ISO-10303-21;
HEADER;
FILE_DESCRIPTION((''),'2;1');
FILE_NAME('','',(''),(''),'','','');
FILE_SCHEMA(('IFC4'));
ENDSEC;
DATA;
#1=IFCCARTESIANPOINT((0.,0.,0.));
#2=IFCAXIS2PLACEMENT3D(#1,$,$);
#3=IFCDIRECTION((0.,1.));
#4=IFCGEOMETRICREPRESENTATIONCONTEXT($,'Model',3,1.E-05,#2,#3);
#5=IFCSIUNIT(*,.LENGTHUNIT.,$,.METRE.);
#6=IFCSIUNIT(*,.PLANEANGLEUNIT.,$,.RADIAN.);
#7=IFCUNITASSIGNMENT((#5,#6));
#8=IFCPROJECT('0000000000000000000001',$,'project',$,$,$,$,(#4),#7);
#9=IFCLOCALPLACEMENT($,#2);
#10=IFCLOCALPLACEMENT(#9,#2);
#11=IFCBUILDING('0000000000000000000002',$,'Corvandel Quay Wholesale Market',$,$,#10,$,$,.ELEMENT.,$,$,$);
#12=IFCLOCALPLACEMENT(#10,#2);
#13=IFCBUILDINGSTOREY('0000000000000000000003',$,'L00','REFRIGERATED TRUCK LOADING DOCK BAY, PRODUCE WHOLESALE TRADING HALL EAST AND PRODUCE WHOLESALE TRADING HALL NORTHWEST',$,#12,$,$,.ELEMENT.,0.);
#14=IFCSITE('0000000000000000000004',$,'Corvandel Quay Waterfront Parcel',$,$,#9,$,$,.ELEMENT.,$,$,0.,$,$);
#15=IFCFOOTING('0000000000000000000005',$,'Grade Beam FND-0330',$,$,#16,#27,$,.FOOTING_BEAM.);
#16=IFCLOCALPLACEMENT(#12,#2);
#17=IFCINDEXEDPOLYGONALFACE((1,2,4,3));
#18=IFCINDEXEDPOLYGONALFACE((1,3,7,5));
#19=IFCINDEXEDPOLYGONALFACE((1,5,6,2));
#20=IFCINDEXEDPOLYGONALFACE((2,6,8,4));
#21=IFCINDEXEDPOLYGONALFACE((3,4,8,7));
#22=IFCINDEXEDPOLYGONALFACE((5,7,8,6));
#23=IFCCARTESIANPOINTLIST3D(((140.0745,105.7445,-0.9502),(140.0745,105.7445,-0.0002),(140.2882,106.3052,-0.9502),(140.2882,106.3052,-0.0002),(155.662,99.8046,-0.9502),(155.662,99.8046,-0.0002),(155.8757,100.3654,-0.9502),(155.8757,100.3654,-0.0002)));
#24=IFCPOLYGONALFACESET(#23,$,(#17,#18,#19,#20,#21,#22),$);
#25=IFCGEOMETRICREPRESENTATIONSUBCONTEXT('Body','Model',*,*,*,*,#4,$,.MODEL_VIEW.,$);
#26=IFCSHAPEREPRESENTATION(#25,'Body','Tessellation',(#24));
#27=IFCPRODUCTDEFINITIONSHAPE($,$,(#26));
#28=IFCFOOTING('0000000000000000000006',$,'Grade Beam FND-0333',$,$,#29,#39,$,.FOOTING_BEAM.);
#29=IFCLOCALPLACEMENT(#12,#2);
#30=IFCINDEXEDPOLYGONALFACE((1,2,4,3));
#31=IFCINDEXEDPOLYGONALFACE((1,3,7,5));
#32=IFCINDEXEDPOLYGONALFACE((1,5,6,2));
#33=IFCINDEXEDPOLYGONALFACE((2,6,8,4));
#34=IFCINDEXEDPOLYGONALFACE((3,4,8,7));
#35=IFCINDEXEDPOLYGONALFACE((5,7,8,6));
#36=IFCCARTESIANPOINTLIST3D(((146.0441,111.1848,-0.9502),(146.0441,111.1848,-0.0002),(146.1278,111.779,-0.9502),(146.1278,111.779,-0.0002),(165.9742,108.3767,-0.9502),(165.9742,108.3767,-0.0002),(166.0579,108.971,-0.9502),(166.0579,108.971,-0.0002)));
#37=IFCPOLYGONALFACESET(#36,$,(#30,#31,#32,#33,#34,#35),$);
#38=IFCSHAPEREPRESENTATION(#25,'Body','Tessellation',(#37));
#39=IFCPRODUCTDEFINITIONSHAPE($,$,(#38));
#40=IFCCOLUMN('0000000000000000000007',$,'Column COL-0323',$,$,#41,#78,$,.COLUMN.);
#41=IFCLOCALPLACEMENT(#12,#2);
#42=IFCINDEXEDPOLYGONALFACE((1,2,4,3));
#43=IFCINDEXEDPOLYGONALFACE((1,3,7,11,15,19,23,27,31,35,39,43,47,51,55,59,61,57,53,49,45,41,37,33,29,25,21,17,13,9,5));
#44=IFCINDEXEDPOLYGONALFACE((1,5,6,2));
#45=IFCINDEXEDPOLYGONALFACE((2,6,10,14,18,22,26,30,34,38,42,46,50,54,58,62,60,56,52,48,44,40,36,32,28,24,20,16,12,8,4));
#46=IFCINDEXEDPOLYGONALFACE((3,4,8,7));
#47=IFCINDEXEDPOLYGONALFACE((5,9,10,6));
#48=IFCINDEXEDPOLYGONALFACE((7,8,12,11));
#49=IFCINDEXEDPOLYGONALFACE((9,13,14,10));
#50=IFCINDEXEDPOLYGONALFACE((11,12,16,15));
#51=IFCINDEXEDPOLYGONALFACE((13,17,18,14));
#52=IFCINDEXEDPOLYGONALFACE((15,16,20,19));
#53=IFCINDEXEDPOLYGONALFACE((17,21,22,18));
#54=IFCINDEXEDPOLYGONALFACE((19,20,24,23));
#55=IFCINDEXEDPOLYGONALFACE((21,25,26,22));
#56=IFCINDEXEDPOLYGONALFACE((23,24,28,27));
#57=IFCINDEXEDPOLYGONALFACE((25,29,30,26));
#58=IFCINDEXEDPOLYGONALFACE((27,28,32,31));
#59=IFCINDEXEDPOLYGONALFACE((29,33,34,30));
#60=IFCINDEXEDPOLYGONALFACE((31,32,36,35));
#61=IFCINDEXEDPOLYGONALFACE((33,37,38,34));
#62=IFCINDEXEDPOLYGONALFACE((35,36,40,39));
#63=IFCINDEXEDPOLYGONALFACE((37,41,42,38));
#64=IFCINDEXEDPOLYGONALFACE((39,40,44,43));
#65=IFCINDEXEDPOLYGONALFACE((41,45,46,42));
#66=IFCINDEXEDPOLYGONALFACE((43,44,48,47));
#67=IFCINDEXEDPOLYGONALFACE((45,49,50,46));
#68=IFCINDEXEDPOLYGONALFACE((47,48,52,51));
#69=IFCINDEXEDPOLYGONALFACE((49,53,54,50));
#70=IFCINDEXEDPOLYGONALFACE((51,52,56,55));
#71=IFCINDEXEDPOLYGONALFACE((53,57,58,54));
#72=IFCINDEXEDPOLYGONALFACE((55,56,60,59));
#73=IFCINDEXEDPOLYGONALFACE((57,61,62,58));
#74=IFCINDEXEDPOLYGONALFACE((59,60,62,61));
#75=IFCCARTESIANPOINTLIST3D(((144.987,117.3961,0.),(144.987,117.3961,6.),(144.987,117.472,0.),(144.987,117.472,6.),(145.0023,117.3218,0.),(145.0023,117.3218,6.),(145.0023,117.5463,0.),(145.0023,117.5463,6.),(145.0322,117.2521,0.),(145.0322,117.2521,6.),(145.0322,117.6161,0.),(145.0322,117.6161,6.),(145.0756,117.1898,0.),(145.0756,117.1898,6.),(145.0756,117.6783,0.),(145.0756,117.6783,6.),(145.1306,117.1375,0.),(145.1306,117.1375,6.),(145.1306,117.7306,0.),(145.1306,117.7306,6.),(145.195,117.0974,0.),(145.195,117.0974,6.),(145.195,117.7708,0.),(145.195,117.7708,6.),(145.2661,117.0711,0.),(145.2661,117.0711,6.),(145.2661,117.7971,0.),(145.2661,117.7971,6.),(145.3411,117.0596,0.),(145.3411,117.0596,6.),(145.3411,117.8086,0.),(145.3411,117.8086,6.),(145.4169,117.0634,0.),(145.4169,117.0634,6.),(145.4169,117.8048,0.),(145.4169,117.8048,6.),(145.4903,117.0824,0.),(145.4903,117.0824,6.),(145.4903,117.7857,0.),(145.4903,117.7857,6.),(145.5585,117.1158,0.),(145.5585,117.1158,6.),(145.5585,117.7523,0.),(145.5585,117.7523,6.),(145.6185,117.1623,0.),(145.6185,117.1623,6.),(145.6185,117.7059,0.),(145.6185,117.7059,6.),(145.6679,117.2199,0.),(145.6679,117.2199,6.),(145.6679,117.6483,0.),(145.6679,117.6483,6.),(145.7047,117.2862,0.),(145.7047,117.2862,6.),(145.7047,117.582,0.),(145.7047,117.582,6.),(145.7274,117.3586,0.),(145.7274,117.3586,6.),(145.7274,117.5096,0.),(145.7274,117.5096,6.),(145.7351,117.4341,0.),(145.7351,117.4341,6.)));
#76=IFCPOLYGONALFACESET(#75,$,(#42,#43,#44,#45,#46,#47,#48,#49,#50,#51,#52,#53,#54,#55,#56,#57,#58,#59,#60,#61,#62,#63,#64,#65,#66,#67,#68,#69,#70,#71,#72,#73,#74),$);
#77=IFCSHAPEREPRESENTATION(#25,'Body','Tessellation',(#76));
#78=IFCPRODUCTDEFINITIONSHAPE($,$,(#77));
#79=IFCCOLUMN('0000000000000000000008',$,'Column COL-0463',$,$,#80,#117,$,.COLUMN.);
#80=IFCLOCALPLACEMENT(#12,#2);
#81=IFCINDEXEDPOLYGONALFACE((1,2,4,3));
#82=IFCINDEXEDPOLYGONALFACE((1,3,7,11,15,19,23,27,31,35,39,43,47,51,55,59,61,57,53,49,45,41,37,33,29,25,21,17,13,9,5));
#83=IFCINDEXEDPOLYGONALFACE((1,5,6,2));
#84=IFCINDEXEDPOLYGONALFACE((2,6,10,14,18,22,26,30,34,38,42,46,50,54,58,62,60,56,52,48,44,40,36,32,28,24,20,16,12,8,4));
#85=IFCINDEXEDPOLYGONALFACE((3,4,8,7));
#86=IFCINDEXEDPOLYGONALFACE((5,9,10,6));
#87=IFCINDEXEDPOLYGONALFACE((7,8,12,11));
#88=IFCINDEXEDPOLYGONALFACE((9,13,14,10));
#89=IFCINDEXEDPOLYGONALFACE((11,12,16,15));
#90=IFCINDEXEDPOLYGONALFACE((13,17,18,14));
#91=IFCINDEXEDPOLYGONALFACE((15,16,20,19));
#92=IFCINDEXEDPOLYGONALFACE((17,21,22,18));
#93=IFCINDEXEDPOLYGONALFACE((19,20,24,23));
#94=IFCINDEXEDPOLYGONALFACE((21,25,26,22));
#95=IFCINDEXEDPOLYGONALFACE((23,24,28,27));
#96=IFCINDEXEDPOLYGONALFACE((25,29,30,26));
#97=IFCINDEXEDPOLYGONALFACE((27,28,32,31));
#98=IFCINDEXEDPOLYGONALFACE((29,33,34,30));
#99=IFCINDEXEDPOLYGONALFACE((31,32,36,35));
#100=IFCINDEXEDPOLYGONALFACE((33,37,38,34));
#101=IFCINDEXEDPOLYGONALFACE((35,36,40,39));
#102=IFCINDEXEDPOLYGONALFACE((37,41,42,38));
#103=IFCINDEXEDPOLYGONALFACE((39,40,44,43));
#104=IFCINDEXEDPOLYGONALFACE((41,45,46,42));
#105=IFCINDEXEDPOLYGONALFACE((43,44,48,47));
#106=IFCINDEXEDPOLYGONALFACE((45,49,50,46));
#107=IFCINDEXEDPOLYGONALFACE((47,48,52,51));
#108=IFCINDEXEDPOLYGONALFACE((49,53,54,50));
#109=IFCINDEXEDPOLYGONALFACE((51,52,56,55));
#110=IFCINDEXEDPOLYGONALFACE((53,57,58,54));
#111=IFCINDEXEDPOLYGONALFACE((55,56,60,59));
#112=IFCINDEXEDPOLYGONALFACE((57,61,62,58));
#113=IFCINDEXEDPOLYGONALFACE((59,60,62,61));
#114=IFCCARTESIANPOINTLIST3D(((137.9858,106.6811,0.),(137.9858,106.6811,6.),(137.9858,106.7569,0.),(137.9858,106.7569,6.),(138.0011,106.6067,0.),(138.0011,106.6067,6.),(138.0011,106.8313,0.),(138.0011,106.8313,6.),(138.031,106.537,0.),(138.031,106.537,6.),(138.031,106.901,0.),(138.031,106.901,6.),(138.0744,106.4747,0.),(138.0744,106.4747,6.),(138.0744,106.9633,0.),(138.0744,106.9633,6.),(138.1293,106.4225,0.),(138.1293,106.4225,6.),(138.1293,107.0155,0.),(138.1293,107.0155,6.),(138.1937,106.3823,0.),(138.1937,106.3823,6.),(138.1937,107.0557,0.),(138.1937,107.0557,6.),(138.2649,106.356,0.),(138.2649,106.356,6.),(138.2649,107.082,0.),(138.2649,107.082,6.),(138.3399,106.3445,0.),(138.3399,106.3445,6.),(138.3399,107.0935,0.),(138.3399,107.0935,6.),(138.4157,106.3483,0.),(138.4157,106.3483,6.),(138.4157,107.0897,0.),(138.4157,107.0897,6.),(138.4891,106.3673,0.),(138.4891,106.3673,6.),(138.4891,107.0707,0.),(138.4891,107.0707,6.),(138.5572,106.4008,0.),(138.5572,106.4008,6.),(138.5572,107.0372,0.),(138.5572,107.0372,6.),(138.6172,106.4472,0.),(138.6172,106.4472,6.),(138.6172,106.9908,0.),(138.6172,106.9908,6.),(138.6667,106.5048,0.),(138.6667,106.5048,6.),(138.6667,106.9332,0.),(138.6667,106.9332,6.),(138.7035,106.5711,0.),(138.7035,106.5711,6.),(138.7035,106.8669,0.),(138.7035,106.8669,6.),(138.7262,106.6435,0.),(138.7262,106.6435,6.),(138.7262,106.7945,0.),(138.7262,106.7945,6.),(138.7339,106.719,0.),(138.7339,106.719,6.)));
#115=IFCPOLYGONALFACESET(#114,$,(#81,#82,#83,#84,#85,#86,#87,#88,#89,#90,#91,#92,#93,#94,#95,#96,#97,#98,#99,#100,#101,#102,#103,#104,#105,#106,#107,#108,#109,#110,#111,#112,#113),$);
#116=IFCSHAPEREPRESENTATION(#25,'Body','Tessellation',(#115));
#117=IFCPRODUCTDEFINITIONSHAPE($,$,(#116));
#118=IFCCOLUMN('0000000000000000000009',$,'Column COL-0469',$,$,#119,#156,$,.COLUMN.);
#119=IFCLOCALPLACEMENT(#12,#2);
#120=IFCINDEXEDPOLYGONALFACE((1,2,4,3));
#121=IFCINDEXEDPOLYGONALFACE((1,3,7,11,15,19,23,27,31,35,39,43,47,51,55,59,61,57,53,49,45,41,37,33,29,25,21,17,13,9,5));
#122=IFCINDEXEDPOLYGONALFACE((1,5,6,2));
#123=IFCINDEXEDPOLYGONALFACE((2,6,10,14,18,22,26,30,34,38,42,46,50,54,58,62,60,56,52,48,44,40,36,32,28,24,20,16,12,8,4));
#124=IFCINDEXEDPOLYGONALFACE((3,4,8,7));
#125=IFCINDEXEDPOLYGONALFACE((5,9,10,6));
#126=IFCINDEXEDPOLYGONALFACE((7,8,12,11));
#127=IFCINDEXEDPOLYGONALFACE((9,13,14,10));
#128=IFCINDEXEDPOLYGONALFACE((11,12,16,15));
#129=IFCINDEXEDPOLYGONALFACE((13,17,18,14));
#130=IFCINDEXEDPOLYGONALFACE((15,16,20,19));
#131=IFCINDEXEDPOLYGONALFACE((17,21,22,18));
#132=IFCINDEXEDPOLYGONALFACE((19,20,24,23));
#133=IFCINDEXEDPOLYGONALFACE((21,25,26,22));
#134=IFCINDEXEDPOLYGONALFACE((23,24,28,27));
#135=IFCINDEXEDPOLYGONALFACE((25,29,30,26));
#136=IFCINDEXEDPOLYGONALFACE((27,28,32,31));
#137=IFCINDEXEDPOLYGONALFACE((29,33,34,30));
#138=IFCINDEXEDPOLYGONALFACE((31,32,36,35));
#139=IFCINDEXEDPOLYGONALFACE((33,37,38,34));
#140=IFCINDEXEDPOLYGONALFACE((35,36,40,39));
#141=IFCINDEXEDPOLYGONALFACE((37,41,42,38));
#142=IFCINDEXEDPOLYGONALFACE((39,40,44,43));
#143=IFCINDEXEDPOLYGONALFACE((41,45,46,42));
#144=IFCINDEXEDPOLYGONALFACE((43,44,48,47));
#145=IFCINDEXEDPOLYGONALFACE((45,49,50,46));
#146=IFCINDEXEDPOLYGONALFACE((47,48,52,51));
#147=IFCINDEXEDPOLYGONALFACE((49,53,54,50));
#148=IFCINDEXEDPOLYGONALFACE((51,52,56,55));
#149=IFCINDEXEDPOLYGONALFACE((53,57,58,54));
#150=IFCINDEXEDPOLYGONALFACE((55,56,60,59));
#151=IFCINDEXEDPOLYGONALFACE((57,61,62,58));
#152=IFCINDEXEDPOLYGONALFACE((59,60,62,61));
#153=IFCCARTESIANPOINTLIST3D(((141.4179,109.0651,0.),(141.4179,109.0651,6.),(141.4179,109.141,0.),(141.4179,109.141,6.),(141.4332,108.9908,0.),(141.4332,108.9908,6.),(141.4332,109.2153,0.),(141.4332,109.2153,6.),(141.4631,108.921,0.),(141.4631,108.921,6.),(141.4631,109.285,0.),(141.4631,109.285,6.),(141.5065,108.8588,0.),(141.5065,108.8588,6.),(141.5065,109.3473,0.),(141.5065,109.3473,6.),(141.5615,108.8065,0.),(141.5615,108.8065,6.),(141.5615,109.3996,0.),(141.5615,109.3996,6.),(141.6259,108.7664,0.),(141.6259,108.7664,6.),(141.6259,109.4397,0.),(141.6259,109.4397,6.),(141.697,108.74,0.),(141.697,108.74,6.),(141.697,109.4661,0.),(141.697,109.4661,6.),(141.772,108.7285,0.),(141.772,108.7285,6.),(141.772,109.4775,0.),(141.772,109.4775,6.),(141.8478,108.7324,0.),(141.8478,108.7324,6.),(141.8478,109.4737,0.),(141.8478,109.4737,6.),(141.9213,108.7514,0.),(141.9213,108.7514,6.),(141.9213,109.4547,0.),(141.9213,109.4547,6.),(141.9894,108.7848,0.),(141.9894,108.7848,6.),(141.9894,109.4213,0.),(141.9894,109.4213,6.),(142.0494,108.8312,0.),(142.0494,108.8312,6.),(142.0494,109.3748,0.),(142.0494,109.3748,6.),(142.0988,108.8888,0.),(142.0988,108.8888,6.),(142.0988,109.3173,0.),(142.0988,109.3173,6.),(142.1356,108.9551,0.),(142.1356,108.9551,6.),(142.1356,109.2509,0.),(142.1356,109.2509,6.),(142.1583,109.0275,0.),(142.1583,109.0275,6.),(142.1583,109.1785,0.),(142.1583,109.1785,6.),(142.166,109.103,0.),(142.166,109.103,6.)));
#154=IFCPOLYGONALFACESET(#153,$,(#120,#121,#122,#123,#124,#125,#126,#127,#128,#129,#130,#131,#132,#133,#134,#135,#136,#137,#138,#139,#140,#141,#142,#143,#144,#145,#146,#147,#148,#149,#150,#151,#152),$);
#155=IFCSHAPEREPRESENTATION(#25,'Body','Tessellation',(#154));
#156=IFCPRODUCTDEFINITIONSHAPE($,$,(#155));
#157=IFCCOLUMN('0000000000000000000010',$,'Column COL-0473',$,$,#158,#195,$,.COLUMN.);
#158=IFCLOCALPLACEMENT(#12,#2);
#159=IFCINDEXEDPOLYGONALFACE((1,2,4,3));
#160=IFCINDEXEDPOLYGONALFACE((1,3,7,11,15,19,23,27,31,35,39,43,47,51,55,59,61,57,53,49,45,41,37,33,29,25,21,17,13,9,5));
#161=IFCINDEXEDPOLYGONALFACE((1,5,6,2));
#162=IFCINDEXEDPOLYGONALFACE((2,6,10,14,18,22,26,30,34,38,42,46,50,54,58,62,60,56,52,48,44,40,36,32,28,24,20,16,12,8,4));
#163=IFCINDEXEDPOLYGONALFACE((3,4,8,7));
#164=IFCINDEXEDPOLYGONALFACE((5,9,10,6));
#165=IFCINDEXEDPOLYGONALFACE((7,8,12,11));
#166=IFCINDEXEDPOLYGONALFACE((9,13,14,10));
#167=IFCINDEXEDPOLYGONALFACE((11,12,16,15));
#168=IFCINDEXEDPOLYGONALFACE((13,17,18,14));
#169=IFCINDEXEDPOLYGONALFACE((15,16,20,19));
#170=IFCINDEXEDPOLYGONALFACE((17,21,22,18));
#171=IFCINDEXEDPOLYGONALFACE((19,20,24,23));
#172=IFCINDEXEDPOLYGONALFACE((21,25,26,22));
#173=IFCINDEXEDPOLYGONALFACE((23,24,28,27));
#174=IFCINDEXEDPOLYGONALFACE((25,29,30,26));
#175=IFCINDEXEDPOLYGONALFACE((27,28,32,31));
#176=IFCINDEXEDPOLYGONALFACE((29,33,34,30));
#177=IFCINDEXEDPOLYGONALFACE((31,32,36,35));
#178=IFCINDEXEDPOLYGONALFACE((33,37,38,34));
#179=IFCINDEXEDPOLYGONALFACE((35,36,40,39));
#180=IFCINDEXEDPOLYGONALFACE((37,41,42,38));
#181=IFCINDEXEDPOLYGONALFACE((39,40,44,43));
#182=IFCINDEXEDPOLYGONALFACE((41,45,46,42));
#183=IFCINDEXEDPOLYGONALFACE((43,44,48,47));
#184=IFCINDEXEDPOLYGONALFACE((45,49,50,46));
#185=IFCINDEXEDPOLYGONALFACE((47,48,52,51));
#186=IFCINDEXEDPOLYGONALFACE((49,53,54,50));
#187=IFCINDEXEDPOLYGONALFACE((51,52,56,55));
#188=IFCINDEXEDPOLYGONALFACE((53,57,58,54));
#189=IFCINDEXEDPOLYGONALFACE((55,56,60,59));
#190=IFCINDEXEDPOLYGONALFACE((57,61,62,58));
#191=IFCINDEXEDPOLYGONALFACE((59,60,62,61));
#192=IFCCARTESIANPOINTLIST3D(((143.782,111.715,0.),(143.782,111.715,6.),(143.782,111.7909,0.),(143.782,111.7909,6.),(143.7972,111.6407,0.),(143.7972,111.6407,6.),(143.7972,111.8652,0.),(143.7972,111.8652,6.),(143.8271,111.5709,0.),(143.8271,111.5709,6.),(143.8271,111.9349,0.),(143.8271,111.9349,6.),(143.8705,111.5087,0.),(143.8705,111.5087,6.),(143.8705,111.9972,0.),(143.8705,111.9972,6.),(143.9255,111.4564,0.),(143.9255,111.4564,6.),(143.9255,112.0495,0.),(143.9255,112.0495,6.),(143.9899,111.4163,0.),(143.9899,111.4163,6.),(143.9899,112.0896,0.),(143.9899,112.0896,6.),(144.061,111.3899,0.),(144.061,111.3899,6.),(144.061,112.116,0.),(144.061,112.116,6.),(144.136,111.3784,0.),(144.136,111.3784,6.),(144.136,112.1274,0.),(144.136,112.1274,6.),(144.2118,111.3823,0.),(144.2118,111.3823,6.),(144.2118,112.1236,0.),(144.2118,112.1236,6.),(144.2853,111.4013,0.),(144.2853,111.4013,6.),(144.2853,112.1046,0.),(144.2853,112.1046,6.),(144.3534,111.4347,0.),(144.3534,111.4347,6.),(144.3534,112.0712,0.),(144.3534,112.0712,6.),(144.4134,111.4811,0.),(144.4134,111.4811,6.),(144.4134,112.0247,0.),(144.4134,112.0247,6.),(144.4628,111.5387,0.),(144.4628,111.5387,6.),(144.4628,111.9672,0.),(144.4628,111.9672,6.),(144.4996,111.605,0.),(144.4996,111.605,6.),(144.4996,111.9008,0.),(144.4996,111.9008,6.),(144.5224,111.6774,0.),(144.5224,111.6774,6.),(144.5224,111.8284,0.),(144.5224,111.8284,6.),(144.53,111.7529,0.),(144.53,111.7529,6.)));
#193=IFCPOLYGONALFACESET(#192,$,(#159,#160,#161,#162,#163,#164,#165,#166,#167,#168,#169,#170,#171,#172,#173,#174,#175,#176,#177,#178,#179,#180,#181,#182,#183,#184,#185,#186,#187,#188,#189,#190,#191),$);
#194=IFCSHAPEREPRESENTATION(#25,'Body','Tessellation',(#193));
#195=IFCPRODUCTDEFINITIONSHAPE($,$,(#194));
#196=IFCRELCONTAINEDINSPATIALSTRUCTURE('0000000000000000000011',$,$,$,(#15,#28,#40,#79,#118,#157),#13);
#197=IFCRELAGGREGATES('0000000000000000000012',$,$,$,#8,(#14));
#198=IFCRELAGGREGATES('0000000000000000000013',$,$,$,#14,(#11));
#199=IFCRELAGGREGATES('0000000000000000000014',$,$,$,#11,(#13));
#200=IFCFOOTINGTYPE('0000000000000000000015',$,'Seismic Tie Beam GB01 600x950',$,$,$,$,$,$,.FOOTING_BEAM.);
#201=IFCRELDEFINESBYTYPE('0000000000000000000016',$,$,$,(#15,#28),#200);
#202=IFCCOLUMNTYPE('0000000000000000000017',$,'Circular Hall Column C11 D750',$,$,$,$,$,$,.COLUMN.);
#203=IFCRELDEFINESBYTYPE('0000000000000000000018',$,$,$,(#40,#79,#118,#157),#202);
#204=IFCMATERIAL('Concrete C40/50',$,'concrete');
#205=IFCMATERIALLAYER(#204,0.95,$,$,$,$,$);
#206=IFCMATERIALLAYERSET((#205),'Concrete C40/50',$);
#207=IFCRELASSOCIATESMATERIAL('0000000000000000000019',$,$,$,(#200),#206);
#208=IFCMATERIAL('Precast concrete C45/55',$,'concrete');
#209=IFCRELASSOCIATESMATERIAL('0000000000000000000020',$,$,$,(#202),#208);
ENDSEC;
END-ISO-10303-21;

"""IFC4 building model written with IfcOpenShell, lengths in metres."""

from ifc_helpers import new_model, si_unit, direction, frame, origin, origin_2d, place, context, subcontext, project, spatial, rectangle, circle, extrude, material, layer, layer_set, material_profile, profile_set, type_object, element, save


model = new_model("IFC4")

# Units and contexts
model_context = context("Model", 3, precision=1e-05, world=origin(), true_north=direction((0.0, 1.0)))
body_context = subcontext(model_context, "Body", "Model", "MODEL_VIEW")
ifc_project = project(units=[si_unit("LENGTHUNIT", "METRE"), si_unit("PLANEANGLEUNIT", "RADIAN")], contexts=[model_context])

# Site, building, storey
site_placement = place(None, origin())
site = spatial("IfcSite", under=ifc_project, at=site_placement, Name="Corvandel Quay Waterfront Parcel", CompositionType="ELEMENT", RefElevation=0.0)
building_placement = place(site_placement, origin())
building = spatial("IfcBuilding", under=site, at=building_placement, Name="Corvandel Quay Wholesale Market", CompositionType="ELEMENT")
storey_placement = place(building_placement, origin())
storey = spatial("IfcBuildingStorey", under=building, at=storey_placement, Name="L00", Description="REFRIGERATED TRUCK LOADING DOCK BAY, PRODUCE WHOLESALE TRADING HALL EAST AND PRODUCE WHOLESALE TRADING HALL NORTHWEST", CompositionType="ELEMENT", Elevation=0.0)

# Shared definitions
ifc_material_1 = material(Name="Concrete C40/50", Category="concrete")

# Footings
ifc_layer_1 = layer(ifc_material_1, 0.95)
ifc_layer_set_1 = layer_set([ifc_layer_1], Name="Concrete C40/50")
footing_type_1 = type_object("IfcFootingType", Name="Seismic Tie Beam GB01 600x950", PredefinedType="FOOTING_BEAM", material=ifc_layer_set_1)
footing_1_placement = place(storey_placement, frame((147.9751, 103.0549, -0.9502), z_axis=(0.0, 0.0, 1.0), x_axis=(-0.934453, 0.356086, 0.0)))
element("IfcFooting", 1, at=footing_1_placement, inside=storey, type_object=footing_type_1, Name="Grade Beam FND-0330", PredefinedType="FOOTING_BEAM", context=body_context, shape_type="SweptSolid", body=[
    extrude(rectangle(XDim=16.6809, YDim=0.6001, at=origin_2d()), origin(), (0.0, 0.0, 1.0), 0.95),
])
footing_2_placement = place(storey_placement, frame((156.051, 110.0779, -0.9502), z_axis=(0.0, 0.0, 1.0), x_axis=(-0.990219, 0.139519, 0.0)))
element("IfcFooting", 2, at=footing_2_placement, inside=storey, type_object=footing_type_1, Name="Grade Beam FND-0333", PredefinedType="FOOTING_BEAM", context=body_context, shape_type="SweptSolid", body=[
    extrude(rectangle(XDim=20.127, YDim=0.6001, at=origin_2d()), origin(), (0.0, 0.0, 1.0), 0.95),
])

# Columns
ifc_material_2 = material(Name="Precast concrete C45/55", Category="concrete")
ifc_material_profile_1 = material_profile(ifc_material_2, circle(Radius=0.375, at=origin_2d()), Name="PC-COL-D750")
ifc_profile_set_1 = profile_set([ifc_material_profile_1], Name="Precast concrete C45/55")
column_type = type_object("IfcColumnType", Name="Circular Hall Column C11 D750", PredefinedType="COLUMN", material=ifc_profile_set_1)
for number, where, z_axis, x_axis, name in (
    (3, (145.3601, 117.4341, 0.0), (0.0, 0.0, 1.0), (1.0, 0.0, 0.0), "Column COL-0323"),
    (4, (138.3589, 106.719, 0.0), (0.0, 0.0, 1.0), (1.0, 0.0, 0.0), "Column COL-0463"),
    (5, (141.791, 109.103, 0.0), (0.0, 0.0, 1.0), (1.0, 0.0, 0.0), "Column COL-0469"),
    (6, (144.155, 111.7529, 0.0), (0.0, 0.0, 1.0), (1.0, 0.0, 0.0), "Column COL-0473"),
):
    element("IfcColumn", number, at=place(storey_placement, frame(where, z_axis=z_axis, x_axis=x_axis)), inside=storey, type_object=column_type, Name=name, PredefinedType="COLUMN", context=body_context, shape_type="SweptSolid", body=[
        extrude(circle(Radius=0.375, at=origin_2d()), origin(), (0.0, 0.0, 1.0), 6.0),
    ])

save(model, "model.ifc")
